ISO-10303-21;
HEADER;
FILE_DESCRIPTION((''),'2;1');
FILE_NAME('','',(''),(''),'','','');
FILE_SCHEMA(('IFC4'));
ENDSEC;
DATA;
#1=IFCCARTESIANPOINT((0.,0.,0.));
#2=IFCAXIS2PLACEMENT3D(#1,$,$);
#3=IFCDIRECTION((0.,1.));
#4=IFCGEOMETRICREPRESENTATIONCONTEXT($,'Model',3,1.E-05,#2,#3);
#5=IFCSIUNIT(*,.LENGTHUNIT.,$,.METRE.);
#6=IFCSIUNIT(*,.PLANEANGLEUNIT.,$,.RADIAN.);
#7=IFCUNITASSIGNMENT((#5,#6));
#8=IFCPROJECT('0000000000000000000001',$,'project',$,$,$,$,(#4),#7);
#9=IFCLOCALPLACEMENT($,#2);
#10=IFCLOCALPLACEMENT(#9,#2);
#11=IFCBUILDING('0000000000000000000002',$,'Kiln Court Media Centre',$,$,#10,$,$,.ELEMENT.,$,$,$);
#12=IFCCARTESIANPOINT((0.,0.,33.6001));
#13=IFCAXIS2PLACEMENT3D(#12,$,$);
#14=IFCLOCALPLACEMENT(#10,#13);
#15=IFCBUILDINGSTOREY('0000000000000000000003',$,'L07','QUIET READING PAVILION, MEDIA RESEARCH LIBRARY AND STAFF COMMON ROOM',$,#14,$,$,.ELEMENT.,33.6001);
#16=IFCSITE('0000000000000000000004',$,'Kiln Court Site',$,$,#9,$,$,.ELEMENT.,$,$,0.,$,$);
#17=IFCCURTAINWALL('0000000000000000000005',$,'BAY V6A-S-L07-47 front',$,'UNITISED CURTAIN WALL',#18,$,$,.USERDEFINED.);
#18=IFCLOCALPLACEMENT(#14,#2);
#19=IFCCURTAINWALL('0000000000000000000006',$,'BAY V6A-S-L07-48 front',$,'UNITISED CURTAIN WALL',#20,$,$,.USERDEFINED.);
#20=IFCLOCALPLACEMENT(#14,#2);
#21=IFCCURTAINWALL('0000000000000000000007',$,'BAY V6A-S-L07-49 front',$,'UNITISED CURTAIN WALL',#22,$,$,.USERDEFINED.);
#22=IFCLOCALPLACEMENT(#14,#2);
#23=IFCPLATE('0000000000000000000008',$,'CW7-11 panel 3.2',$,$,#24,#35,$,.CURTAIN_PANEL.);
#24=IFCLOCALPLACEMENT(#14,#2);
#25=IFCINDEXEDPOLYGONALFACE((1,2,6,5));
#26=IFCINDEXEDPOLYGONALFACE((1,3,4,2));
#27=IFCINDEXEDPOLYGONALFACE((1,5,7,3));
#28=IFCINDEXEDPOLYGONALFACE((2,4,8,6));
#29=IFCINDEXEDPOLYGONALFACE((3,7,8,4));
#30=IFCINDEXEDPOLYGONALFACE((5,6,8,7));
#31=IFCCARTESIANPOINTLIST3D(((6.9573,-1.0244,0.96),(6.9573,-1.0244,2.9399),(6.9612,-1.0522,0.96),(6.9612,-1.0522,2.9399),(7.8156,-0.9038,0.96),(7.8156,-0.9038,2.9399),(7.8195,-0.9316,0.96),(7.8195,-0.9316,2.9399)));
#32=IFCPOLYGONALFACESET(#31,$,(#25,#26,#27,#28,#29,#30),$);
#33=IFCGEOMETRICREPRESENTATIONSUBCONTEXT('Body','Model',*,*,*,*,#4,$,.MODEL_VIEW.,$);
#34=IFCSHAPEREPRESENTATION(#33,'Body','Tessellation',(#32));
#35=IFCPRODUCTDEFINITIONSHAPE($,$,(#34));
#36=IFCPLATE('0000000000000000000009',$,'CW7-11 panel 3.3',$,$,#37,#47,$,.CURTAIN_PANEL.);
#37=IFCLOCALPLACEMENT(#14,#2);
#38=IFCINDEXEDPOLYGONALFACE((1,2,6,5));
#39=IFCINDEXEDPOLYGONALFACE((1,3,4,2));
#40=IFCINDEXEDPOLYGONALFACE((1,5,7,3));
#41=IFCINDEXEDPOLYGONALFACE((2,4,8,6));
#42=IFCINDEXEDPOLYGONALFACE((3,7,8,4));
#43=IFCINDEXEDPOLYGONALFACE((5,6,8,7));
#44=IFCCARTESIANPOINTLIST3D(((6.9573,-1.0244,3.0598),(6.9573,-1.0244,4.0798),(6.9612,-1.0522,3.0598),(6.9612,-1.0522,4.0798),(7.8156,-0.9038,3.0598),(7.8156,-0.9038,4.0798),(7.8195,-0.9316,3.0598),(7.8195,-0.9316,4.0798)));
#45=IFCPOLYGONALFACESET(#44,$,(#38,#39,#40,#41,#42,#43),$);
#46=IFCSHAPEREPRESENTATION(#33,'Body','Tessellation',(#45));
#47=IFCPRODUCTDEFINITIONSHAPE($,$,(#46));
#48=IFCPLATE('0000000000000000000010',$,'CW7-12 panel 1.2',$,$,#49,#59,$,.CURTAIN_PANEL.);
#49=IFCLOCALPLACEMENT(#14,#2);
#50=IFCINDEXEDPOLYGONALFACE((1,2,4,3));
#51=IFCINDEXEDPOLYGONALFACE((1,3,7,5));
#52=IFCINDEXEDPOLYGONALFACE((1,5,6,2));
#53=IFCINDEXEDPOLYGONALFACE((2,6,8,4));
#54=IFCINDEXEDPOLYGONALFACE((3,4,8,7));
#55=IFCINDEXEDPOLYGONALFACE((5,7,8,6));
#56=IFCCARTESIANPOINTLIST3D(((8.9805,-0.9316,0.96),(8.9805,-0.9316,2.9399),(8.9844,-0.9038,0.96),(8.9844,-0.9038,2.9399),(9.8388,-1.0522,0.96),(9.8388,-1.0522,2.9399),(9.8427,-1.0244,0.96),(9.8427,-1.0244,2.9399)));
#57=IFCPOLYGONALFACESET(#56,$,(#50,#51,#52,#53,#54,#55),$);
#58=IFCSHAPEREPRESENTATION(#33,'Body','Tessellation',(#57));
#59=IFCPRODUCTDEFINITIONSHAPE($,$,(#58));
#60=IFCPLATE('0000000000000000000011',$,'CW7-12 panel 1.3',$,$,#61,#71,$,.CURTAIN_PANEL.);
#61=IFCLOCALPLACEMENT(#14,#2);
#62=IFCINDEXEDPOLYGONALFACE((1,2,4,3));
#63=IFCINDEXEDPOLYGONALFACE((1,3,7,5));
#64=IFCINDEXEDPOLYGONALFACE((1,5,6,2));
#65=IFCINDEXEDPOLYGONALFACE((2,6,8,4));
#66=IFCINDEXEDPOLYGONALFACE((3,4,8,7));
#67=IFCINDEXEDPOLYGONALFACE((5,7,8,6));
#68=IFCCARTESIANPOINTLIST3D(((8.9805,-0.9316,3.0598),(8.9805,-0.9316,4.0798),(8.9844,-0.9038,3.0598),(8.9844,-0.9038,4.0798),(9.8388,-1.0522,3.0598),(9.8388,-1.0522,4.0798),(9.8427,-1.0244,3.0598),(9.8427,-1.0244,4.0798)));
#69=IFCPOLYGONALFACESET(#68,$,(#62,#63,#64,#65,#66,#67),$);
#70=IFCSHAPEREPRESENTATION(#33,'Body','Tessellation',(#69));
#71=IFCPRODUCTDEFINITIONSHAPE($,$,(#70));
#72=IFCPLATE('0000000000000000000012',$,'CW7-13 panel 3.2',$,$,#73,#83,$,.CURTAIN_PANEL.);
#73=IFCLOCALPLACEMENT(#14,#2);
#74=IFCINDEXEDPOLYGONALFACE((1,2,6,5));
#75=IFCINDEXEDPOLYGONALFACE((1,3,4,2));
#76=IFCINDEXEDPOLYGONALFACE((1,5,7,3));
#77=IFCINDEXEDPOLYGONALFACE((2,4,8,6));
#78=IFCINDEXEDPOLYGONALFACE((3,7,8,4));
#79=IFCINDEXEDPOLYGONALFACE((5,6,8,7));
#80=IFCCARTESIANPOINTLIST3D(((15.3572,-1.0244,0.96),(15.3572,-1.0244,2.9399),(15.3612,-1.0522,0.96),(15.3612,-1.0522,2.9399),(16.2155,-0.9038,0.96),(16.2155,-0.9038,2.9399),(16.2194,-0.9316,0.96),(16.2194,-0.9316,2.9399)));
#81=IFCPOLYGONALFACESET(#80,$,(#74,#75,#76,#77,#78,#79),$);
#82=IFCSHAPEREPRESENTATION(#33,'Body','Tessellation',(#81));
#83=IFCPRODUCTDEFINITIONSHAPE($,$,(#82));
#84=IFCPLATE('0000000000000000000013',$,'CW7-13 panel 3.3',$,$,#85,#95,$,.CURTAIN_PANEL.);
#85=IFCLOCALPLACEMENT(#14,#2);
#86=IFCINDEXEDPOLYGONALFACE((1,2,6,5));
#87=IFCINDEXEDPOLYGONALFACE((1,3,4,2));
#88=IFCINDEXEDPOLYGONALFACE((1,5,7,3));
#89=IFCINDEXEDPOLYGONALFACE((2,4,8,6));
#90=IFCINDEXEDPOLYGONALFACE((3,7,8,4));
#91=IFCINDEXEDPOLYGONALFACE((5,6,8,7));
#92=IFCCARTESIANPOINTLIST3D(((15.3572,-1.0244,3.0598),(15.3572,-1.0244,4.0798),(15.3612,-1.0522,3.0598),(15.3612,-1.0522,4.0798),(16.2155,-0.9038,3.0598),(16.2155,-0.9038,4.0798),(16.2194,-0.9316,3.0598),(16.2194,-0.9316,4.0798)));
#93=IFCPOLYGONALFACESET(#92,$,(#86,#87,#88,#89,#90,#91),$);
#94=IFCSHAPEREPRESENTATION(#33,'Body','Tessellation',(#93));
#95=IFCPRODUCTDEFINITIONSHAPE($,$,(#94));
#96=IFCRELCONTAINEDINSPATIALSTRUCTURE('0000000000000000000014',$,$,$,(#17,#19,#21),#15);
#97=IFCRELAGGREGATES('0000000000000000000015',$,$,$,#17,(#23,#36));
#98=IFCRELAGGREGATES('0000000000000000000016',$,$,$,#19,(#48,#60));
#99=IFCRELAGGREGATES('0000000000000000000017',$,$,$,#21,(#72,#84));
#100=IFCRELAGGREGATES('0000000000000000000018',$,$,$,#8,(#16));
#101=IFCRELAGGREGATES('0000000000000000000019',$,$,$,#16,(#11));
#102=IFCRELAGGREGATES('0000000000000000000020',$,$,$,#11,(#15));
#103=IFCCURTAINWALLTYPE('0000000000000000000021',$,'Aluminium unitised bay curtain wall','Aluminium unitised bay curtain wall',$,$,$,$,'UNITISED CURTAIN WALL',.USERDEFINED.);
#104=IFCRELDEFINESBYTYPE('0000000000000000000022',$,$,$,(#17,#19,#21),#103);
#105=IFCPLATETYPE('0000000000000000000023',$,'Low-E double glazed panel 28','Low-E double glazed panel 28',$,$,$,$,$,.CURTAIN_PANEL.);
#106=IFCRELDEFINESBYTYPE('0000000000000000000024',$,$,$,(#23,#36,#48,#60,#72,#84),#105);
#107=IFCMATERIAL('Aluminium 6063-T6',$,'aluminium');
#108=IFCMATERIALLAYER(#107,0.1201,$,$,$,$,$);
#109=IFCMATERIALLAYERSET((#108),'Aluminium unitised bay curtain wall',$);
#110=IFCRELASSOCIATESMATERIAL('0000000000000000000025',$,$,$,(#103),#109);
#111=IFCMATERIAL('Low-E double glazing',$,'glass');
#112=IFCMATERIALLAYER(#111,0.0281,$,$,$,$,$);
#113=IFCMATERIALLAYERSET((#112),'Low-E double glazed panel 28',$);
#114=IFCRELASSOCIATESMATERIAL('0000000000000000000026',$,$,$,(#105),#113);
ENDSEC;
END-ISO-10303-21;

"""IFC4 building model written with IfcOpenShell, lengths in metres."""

from ifc_helpers import new_model, si_unit, direction, frame, origin, origin_2d, place, context, subcontext, project, spatial, rectangle, extrude, material, layer, layer_set, type_object, element, aggregate, save


model = new_model("IFC4")

# Units and contexts
model_context = context("Model", 3, precision=1e-05, world=origin(), true_north=direction((0.0, 1.0)))
body_context = subcontext(model_context, "Body", "Model", "MODEL_VIEW")
ifc_project = project(units=[si_unit("LENGTHUNIT", "METRE"), si_unit("PLANEANGLEUNIT", "RADIAN")], contexts=[model_context])

# Site, building, storey
site_placement = place(None, origin())
site = spatial("IfcSite", under=ifc_project, at=site_placement, Name="Kiln Court Site", CompositionType="ELEMENT", RefElevation=0.0)
building_placement = place(site_placement, origin())
building = spatial("IfcBuilding", under=site, at=building_placement, Name="Kiln Court Media Centre", CompositionType="ELEMENT")
storey_placement = place(building_placement, frame((0.0, 0.0, 33.6001)))
storey = spatial("IfcBuildingStorey", under=building, at=storey_placement, Name="L07", Description="QUIET READING PAVILION, MEDIA RESEARCH LIBRARY AND STAFF COMMON ROOM", CompositionType="ELEMENT", Elevation=33.6001)

# Curtain walls
ifc_material_1 = material(Name="Aluminium 6063-T6", Category="aluminium")
ifc_layer_1 = layer(ifc_material_1, 0.1201)
ifc_layer_set_1 = layer_set([ifc_layer_1], Name="Aluminium unitised bay curtain wall")
curtain_wall_type = type_object("IfcCurtainWallType", Name="Aluminium unitised bay curtain wall", Description="Aluminium unitised bay curtain wall", ElementType="UNITISED CURTAIN WALL", PredefinedType="USERDEFINED", material=ifc_layer_set_1)
curtain_wall_1_placement = place(storey_placement, origin())
curtain_wall_1 = element("IfcCurtainWall", 1, at=curtain_wall_1_placement, inside=storey, type_object=curtain_wall_type, Name="BAY V6A-S-L07-47 front", ObjectType="UNITISED CURTAIN WALL", PredefinedType="USERDEFINED")
curtain_wall_2_placement = place(storey_placement, origin())
curtain_wall_2 = element("IfcCurtainWall", 2, at=curtain_wall_2_placement, inside=storey, type_object=curtain_wall_type, Name="BAY V6A-S-L07-48 front", ObjectType="UNITISED CURTAIN WALL", PredefinedType="USERDEFINED")
curtain_wall_3_placement = place(storey_placement, origin())
curtain_wall_3 = element("IfcCurtainWall", 3, at=curtain_wall_3_placement, inside=storey, type_object=curtain_wall_type, Name="BAY V6A-S-L07-49 front", ObjectType="UNITISED CURTAIN WALL", PredefinedType="USERDEFINED")

# Plates
ifc_material_2 = material(Name="Low-E double glazing", Category="glass")
ifc_layer_2 = layer(ifc_material_2, 0.0281)
ifc_layer_set_2 = layer_set([ifc_layer_2], Name="Low-E double glazed panel 28")
plate_type_1 = type_object("IfcPlateType", Name="Low-E double glazed panel 28", Description="Low-E double glazed panel 28", PredefinedType="CURTAIN_PANEL", material=ifc_layer_set_2)
plate_1_placement = place(storey_placement, frame((7.3884, -0.978, 0.96), z_axis=(0.0, 0.0, 1.0), x_axis=(0.99027, 0.139162, 0.0)))
plate_1 = element("IfcPlate", 4, at=plate_1_placement, type_object=plate_type_1, Name="CW7-11 panel 3.2", PredefinedType="CURTAIN_PANEL", context=body_context, shape_type="SweptSolid", body=[
    extrude(rectangle(XDim=0.8667, YDim=0.0281, at=origin_2d()), origin(), (0.0, 0.0, 1.0), 1.98),
])
plate_2_placement = place(storey_placement, frame((7.3884, -0.978, 3.0598), z_axis=(0.0, 0.0, 1.0), x_axis=(0.99027, 0.139162, 0.0)))
plate_2 = element("IfcPlate", 5, at=plate_2_placement, type_object=plate_type_1, Name="CW7-11 panel 3.3", PredefinedType="CURTAIN_PANEL", context=body_context, shape_type="SweptSolid", body=[
    extrude(rectangle(XDim=0.8667, YDim=0.0281, at=origin_2d()), origin(), (0.0, 0.0, 1.0), 1.02),
])
aggregate(curtain_wall_1, [plate_1, plate_2])
plate_3_placement = place(storey_placement, frame((9.4116, -0.978, 0.96), z_axis=(0.0, 0.0, 1.0), x_axis=(0.99027, -0.139162, 0.0)))
plate_3 = element("IfcPlate", 6, at=plate_3_placement, type_object=plate_type_1, Name="CW7-12 panel 1.2", PredefinedType="CURTAIN_PANEL", context=body_context, shape_type="SweptSolid", body=[
    extrude(rectangle(XDim=0.8667, YDim=0.0281, at=origin_2d()), origin(), (0.0, 0.0, 1.0), 1.98),
])
plate_4_placement = place(storey_placement, frame((9.4116, -0.978, 3.0598), z_axis=(0.0, 0.0, 1.0), x_axis=(0.99027, -0.139162, 0.0)))
plate_4 = element("IfcPlate", 7, at=plate_4_placement, type_object=plate_type_1, Name="CW7-12 panel 1.3", PredefinedType="CURTAIN_PANEL", context=body_context, shape_type="SweptSolid", body=[
    extrude(rectangle(XDim=0.8667, YDim=0.0281, at=origin_2d()), origin(), (0.0, 0.0, 1.0), 1.02),
])
aggregate(curtain_wall_2, [plate_3, plate_4])
plate_5_placement = place(storey_placement, frame((15.7883, -0.978, 0.96), z_axis=(0.0, 0.0, 1.0), x_axis=(0.99027, 0.139162, 0.0)))
plate_5 = element("IfcPlate", 8, at=plate_5_placement, type_object=plate_type_1, Name="CW7-13 panel 3.2", PredefinedType="CURTAIN_PANEL", context=body_context, shape_type="SweptSolid", body=[
    extrude(rectangle(XDim=0.8667, YDim=0.0281, at=origin_2d()), origin(), (0.0, 0.0, 1.0), 1.98),
])
plate_6_placement = place(storey_placement, frame((15.7883, -0.978, 3.0598), z_axis=(0.0, 0.0, 1.0), x_axis=(0.99027, 0.139162, 0.0)))
plate_6 = element("IfcPlate", 9, at=plate_6_placement, type_object=plate_type_1, Name="CW7-13 panel 3.3", PredefinedType="CURTAIN_PANEL", context=body_context, shape_type="SweptSolid", body=[
    extrude(rectangle(XDim=0.8667, YDim=0.0281, at=origin_2d()), origin(), (0.0, 0.0, 1.0), 1.02),
])
aggregate(curtain_wall_3, [plate_5, plate_6])

save(model, "model.ifc")
